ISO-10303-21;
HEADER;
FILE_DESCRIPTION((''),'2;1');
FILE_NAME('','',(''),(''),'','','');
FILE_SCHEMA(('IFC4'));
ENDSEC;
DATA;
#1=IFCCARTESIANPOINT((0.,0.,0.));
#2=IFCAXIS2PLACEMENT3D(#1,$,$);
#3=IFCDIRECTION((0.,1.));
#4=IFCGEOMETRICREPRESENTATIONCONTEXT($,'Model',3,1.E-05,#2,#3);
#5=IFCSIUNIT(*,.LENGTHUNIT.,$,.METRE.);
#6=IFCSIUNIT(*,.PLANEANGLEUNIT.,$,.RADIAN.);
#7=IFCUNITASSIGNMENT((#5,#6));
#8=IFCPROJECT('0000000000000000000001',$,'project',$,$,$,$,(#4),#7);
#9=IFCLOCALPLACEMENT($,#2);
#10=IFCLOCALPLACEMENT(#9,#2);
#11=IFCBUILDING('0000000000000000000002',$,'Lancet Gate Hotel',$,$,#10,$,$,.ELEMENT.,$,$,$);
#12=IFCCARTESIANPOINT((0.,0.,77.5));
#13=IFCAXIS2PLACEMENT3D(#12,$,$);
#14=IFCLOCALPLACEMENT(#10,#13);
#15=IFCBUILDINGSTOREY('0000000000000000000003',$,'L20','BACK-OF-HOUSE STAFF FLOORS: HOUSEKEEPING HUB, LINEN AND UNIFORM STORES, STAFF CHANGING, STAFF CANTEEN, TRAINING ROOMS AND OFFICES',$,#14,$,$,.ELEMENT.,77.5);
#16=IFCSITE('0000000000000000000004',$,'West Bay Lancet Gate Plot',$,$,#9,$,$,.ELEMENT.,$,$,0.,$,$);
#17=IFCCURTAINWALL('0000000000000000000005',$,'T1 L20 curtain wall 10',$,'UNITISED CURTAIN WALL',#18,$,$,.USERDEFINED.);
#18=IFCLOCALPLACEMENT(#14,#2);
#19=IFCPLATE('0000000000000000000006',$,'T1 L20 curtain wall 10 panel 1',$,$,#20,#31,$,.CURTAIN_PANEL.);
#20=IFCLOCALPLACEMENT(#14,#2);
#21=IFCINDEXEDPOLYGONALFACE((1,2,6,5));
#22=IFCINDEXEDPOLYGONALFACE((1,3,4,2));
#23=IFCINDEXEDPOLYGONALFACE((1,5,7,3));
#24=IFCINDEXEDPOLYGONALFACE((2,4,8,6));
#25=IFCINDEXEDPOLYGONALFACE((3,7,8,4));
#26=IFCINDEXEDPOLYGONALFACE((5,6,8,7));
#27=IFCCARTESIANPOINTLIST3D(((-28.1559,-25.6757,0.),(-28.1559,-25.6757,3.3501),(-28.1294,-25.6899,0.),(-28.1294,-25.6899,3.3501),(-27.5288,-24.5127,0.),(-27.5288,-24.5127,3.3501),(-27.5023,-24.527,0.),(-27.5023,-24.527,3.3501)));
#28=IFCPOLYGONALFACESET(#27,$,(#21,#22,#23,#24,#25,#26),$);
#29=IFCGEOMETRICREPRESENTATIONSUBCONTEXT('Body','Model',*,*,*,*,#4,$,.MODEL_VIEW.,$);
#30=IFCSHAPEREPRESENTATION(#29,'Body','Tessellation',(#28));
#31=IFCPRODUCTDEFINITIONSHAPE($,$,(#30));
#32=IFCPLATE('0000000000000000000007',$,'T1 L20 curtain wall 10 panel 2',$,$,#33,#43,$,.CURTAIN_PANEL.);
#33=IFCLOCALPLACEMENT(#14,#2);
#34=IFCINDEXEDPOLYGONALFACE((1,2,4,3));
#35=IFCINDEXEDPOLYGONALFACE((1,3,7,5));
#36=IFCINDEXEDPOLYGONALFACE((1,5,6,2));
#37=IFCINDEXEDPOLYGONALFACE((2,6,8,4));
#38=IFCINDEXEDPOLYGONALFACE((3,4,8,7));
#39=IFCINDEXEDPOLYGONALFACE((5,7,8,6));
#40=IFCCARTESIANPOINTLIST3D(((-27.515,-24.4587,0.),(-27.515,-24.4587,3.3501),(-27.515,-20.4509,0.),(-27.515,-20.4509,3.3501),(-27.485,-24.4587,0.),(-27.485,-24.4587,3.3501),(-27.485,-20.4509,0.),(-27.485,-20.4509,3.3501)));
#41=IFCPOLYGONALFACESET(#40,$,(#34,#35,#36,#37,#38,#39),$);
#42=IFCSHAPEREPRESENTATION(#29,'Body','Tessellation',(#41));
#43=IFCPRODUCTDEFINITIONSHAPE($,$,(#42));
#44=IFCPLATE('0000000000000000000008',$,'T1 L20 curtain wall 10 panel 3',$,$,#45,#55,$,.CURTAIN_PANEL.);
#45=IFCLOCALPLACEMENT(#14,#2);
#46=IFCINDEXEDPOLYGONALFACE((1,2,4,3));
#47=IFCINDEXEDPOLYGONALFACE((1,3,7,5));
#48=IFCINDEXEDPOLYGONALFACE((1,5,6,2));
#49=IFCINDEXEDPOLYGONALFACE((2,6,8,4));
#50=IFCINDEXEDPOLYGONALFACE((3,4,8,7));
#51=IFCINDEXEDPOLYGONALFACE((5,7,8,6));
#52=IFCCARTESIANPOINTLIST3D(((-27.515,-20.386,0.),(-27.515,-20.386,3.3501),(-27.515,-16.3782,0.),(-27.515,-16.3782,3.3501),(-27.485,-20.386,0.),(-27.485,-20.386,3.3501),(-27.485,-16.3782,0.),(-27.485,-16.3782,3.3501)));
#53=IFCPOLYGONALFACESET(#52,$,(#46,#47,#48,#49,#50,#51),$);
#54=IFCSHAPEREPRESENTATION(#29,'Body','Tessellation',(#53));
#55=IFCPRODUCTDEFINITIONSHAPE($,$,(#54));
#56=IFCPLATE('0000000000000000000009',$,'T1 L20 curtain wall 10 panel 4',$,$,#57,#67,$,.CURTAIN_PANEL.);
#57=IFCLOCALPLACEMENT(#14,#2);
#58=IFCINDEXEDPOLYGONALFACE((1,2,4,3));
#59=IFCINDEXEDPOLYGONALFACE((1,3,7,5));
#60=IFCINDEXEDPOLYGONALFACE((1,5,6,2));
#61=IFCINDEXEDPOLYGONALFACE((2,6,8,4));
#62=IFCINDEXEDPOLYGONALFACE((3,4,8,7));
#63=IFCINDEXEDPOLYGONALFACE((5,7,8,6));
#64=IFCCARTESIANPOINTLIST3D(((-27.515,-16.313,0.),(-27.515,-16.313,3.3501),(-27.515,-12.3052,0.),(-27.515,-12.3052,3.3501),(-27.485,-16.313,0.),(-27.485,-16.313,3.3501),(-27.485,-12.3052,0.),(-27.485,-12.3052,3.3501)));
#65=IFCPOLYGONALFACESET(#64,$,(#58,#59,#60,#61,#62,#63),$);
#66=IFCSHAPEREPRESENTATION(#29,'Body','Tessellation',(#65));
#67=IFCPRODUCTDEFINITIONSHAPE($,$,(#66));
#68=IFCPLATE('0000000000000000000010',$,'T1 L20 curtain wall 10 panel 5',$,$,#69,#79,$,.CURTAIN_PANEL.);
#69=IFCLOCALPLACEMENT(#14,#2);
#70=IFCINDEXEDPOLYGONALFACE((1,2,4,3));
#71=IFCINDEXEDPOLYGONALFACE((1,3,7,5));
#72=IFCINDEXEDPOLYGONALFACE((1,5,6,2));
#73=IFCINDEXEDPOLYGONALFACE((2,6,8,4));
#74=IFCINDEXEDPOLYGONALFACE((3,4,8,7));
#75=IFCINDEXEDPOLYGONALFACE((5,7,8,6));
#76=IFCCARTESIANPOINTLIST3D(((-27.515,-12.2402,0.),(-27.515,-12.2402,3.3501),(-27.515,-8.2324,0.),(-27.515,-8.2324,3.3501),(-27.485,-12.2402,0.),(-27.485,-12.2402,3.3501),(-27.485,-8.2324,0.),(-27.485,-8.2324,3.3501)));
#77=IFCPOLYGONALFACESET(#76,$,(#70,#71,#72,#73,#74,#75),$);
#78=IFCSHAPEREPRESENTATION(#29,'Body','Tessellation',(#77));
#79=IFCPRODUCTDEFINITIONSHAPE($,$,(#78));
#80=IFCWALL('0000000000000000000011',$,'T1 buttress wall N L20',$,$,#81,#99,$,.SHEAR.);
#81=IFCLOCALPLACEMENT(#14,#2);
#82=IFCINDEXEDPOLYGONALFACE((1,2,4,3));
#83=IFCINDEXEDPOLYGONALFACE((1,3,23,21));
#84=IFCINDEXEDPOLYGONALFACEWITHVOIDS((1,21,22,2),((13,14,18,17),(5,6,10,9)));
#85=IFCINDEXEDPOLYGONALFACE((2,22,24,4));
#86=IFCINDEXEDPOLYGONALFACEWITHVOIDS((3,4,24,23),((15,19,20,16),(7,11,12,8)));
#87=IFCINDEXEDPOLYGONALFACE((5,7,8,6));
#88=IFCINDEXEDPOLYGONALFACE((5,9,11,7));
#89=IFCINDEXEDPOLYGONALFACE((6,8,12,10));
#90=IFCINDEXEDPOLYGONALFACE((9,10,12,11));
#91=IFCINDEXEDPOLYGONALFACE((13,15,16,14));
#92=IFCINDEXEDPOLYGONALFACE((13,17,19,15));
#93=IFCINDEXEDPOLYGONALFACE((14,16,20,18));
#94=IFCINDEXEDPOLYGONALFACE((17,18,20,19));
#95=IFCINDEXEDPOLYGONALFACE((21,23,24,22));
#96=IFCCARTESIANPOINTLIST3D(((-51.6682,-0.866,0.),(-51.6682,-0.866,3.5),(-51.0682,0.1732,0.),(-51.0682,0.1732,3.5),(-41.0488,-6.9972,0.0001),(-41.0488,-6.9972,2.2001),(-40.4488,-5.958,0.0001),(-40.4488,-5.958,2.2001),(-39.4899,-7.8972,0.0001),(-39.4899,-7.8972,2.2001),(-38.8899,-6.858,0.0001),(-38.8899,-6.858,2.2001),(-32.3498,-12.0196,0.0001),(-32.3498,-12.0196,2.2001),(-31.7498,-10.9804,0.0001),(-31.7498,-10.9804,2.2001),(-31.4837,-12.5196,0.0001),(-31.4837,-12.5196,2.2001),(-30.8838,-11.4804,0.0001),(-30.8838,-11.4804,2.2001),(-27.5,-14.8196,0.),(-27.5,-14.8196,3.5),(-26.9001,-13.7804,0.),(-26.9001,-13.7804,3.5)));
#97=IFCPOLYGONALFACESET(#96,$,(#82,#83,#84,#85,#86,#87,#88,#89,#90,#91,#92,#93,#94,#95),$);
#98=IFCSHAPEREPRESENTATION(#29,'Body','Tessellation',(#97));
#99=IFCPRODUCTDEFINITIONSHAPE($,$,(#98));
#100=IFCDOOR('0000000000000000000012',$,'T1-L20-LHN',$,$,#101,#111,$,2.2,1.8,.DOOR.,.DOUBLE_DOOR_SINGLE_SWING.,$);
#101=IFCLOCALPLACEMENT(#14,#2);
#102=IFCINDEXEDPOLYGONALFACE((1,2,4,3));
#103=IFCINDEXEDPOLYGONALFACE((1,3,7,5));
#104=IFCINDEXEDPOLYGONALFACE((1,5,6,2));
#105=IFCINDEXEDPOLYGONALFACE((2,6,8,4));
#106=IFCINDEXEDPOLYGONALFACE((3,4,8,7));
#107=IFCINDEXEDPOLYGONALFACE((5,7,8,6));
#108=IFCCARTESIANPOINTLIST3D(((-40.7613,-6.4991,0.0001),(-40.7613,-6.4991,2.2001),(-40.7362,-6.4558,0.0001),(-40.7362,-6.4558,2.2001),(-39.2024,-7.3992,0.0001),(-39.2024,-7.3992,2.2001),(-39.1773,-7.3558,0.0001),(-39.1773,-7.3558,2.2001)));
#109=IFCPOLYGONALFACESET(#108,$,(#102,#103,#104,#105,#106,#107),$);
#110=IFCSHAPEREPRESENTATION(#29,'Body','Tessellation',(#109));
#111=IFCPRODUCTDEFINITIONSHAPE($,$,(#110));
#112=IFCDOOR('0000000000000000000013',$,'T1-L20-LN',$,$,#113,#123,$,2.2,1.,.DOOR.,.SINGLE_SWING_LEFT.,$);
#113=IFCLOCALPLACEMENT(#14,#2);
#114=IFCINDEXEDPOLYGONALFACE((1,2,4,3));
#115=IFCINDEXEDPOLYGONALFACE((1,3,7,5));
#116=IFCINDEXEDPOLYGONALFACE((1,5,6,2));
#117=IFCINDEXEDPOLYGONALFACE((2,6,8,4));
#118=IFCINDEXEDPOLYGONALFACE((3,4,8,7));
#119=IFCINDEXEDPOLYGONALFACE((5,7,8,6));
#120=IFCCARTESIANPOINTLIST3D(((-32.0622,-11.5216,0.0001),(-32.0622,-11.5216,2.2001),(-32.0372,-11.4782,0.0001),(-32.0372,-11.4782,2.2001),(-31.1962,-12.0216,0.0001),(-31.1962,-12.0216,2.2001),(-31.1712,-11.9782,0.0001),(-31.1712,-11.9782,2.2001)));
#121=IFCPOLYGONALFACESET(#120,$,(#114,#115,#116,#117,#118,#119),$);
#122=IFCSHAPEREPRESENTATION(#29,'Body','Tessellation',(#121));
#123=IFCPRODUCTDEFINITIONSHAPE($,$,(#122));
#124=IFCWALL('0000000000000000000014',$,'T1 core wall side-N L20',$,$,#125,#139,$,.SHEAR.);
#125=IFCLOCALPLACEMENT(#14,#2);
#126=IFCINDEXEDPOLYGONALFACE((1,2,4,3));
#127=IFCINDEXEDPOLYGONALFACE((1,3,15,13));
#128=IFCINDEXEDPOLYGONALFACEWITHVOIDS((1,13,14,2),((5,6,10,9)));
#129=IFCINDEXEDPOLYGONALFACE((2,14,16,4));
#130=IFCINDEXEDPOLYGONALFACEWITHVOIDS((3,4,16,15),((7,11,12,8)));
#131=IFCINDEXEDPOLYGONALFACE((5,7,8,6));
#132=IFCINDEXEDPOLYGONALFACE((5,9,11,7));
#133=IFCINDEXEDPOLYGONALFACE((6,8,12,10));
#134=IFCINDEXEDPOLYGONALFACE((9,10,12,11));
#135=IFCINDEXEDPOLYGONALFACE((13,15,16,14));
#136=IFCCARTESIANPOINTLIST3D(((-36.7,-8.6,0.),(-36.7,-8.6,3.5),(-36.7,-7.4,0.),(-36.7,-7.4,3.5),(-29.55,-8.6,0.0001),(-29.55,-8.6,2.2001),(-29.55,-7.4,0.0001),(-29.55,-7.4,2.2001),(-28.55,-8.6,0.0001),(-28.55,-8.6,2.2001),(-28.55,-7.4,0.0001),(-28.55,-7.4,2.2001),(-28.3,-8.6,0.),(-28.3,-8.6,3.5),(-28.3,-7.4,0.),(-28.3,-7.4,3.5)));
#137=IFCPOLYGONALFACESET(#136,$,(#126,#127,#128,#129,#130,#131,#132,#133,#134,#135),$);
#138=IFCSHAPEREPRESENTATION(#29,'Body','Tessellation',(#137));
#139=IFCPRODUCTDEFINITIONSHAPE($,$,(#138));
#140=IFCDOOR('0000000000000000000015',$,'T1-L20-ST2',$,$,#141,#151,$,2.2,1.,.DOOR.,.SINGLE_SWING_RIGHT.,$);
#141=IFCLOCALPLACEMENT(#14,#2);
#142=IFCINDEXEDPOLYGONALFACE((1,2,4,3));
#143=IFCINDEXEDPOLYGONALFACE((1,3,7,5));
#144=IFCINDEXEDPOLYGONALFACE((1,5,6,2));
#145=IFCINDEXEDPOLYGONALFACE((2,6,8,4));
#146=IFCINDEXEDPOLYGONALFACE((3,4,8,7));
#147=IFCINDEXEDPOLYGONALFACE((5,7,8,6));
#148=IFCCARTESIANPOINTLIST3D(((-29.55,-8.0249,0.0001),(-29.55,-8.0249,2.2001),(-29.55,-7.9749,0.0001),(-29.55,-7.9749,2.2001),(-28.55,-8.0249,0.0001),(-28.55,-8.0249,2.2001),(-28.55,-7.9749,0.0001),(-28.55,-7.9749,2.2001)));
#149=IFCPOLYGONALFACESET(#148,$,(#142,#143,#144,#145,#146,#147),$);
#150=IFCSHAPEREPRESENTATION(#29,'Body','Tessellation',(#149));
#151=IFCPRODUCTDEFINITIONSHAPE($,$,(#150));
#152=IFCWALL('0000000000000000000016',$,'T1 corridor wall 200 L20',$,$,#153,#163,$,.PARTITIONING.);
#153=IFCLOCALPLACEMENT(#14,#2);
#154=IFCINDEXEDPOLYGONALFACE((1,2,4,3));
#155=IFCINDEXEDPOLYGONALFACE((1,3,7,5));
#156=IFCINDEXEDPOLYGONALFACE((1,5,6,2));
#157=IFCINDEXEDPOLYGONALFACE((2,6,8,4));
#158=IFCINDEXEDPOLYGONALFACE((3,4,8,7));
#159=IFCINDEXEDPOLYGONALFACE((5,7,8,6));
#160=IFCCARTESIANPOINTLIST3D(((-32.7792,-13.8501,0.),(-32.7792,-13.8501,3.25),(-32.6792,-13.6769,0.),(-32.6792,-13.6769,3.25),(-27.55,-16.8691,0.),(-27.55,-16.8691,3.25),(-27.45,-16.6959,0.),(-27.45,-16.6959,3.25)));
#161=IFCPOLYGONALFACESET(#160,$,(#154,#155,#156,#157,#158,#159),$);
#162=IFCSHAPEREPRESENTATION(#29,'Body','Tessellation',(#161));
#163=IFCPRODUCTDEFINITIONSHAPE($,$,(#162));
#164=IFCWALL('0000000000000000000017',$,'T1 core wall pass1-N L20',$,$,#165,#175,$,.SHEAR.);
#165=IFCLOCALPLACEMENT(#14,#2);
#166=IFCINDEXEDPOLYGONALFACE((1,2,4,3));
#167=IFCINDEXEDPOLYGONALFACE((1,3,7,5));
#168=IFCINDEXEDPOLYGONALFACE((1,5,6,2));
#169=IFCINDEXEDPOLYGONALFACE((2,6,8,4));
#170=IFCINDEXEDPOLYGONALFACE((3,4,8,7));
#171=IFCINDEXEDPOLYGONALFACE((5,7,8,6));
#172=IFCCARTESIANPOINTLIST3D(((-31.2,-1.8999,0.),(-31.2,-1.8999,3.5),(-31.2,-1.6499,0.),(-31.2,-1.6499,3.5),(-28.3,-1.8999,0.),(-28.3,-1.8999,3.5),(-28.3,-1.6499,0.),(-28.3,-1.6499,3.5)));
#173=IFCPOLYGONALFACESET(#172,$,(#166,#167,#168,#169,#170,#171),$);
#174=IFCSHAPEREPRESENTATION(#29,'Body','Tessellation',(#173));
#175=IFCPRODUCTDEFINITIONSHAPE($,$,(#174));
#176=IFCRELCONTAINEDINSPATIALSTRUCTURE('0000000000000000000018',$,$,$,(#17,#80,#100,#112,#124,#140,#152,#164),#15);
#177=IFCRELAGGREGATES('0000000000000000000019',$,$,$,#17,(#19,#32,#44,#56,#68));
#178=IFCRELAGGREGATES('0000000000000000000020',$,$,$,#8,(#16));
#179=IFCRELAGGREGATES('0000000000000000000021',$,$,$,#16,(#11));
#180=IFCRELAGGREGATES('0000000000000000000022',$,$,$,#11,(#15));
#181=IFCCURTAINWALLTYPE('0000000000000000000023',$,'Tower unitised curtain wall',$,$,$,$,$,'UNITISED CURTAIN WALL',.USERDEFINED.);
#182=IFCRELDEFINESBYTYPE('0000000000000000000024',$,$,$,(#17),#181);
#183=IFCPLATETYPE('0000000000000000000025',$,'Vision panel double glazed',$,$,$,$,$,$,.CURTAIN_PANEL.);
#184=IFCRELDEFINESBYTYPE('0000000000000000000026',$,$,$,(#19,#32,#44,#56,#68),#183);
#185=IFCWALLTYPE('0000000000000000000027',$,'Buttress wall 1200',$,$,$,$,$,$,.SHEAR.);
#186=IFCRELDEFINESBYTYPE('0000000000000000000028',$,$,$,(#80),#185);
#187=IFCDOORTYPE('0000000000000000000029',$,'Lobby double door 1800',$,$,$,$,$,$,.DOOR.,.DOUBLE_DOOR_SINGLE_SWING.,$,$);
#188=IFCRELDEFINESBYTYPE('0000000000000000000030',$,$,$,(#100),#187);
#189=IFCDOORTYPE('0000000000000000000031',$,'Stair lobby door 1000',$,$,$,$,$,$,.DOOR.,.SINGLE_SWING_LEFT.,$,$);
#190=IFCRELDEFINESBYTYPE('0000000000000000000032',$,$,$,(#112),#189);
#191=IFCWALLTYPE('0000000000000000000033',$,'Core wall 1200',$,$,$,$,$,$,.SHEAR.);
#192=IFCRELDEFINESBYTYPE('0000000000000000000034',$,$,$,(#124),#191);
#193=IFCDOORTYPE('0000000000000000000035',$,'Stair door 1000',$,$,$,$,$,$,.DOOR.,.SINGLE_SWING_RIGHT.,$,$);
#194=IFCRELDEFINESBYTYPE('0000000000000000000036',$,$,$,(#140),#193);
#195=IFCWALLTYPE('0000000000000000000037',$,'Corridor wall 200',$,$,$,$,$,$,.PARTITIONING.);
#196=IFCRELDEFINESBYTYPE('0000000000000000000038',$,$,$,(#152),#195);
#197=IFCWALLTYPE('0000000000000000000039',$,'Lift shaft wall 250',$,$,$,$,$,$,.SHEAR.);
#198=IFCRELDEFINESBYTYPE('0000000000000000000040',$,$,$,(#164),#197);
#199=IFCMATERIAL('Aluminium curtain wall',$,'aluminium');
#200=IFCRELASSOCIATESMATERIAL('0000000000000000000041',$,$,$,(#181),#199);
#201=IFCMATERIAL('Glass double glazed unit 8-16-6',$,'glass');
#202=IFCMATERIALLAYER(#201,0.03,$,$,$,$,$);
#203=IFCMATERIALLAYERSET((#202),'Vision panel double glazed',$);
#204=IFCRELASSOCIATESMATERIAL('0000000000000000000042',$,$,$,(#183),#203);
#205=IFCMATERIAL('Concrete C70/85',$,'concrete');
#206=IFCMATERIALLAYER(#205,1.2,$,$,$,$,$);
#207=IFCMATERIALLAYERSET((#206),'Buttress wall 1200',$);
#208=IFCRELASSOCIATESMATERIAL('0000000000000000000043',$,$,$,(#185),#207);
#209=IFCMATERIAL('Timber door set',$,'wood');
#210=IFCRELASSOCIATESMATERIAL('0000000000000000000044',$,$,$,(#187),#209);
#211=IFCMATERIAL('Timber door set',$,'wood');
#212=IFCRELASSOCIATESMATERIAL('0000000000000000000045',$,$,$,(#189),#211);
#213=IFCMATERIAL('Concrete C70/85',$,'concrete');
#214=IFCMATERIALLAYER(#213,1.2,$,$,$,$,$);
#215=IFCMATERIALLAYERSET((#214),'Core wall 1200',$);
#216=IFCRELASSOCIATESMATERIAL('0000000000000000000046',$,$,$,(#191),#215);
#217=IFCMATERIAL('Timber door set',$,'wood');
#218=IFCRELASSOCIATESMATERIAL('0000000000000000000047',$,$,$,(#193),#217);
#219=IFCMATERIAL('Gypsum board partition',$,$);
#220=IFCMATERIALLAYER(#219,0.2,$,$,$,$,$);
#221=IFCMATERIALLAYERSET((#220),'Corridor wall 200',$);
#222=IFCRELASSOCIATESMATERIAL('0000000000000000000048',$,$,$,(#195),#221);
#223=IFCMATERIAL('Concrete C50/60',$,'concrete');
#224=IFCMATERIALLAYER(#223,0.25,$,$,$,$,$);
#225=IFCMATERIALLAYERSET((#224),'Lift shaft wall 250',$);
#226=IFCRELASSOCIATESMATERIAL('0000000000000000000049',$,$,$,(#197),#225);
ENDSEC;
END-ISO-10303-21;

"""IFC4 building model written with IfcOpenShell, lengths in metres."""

from ifc_helpers import new_model, si_unit, direction, frame, frame_2d, origin, origin_2d, place, context, subcontext, project, spatial, rectangle, extrude, material, layer, layer_set, type_object, element, fill, aggregate, save


model = new_model("IFC4")

# Units and contexts
model_context = context("Model", 3, precision=1e-05, world=origin(), true_north=direction((0.0, 1.0)))
body_context = subcontext(model_context, "Body", "Model", "MODEL_VIEW")
ifc_project = project(units=[si_unit("LENGTHUNIT", "METRE"), si_unit("PLANEANGLEUNIT", "RADIAN")], contexts=[model_context])

# Site, building, storey
site_placement = place(None, origin())
site = spatial("IfcSite", under=ifc_project, at=site_placement, Name="West Bay Lancet Gate Plot", CompositionType="ELEMENT", RefElevation=0.0)
building_placement = place(site_placement, origin())
building = spatial("IfcBuilding", under=site, at=building_placement, Name="Lancet Gate Hotel", CompositionType="ELEMENT")
storey_placement = place(building_placement, frame((0.0, 0.0, 77.5)))
storey = spatial("IfcBuildingStorey", under=building, at=storey_placement, Name="L20", Description="BACK-OF-HOUSE STAFF FLOORS: HOUSEKEEPING HUB, LINEN AND UNIFORM STORES, STAFF CHANGING, STAFF CANTEEN, TRAINING ROOMS AND OFFICES", CompositionType="ELEMENT", Elevation=77.5)

# Curtain wall
ifc_material_1 = material(Name="Aluminium curtain wall", Category="aluminium")
curtain_wall_type = type_object("IfcCurtainWallType", Name="Tower unitised curtain wall", ElementType="UNITISED CURTAIN WALL", PredefinedType="USERDEFINED", material=ifc_material_1)
curtain_wall_placement = place(storey_placement, origin())
curtain_wall = element("IfcCurtainWall", 1, at=curtain_wall_placement, inside=storey, type_object=curtain_wall_type, Name="T1 L20 curtain wall 10", ObjectType="UNITISED CURTAIN WALL", PredefinedType="USERDEFINED")

# Plates
ifc_material_2 = material(Name="Glass double glazed unit 8-16-6", Category="glass")
ifc_layer_1 = layer(ifc_material_2, 0.03)
ifc_layer_set_1 = layer_set([ifc_layer_1], Name="Vision panel double glazed")
plate_type = type_object("IfcPlateType", Name="Vision panel double glazed", PredefinedType="CURTAIN_PANEL", material=ifc_layer_set_1)
plate_1_placement = place(storey_placement, frame((-27.8291, -25.1013, 0.0), z_axis=(0.0, 0.0, 1.0), x_axis=(0.474631, 0.880185, 0.0)))
plate_1 = element("IfcPlate", 2, at=plate_1_placement, type_object=plate_type, Name="T1 L20 curtain wall 10 panel 1", PredefinedType="CURTAIN_PANEL", context=body_context, shape_type="SweptSolid", body=[
    extrude(rectangle(XDim=1.3213, YDim=0.03, at=origin_2d()), origin(), (0.0, 0.0, 1.0), 3.3501),
])
plate_2_placement = place(storey_placement, frame((-27.5, -22.4548, 0.0), z_axis=(0.0, 0.0, 1.0), x_axis=(0.0, 1.0, 0.0)))
plate_2 = element("IfcPlate", 3, at=plate_2_placement, type_object=plate_type, Name="T1 L20 curtain wall 10 panel 2", PredefinedType="CURTAIN_PANEL", context=body_context, shape_type="SweptSolid", body=[
    extrude(rectangle(XDim=4.0078, YDim=0.03, at=origin_2d()), origin(), (0.0, 0.0, 1.0), 3.3501),
])
plate_3_placement = place(storey_placement, frame((-27.5, -18.3821, 0.0), z_axis=(0.0, 0.0, 1.0), x_axis=(0.0, 1.0, 0.0)))
plate_3 = element("IfcPlate", 4, at=plate_3_placement, type_object=plate_type, Name="T1 L20 curtain wall 10 panel 3", PredefinedType="CURTAIN_PANEL", context=body_context, shape_type="SweptSolid", body=[
    extrude(rectangle(XDim=4.0078, YDim=0.03, at=origin_2d()), origin(), (0.0, 0.0, 1.0), 3.3501),
])
plate_4_placement = place(storey_placement, frame((-27.5, -14.3091, 0.0), z_axis=(0.0, 0.0, 1.0), x_axis=(0.0, 1.0, 0.0)))
plate_4 = element("IfcPlate", 5, at=plate_4_placement, type_object=plate_type, Name="T1 L20 curtain wall 10 panel 4", PredefinedType="CURTAIN_PANEL", context=body_context, shape_type="SweptSolid", body=[
    extrude(rectangle(XDim=4.0078, YDim=0.03, at=origin_2d()), origin(), (0.0, 0.0, 1.0), 3.3501),
])
plate_5_placement = place(storey_placement, frame((-27.5, -10.2363, 0.0), z_axis=(0.0, 0.0, 1.0), x_axis=(0.0, 1.0, 0.0)))
plate_5 = element("IfcPlate", 6, at=plate_5_placement, type_object=plate_type, Name="T1 L20 curtain wall 10 panel 5", PredefinedType="CURTAIN_PANEL", context=body_context, shape_type="SweptSolid", body=[
    extrude(rectangle(XDim=4.0078, YDim=0.03, at=origin_2d()), origin(), (0.0, 0.0, 1.0), 3.3501),
])
aggregate(curtain_wall, [plate_1, plate_2, plate_3, plate_4, plate_5])

# Wall, openings, doors
ifc_material_3 = material(Name="Concrete C70/85", Category="concrete")
ifc_layer_2 = layer(ifc_material_3, 1.2)
ifc_layer_set_2 = layer_set([ifc_layer_2], Name="Buttress wall 1200")
wall_type_1 = type_object("IfcWallType", Name="Buttress wall 1200", PredefinedType="SHEAR", material=ifc_layer_set_2)
wall_1_placement = place(storey_placement, frame((-27.2, -14.3, 0.0), z_axis=(0.0, 0.0, 1.0), x_axis=(-0.866024, 0.500002, 0.0)))
wall_1 = element("IfcWall", 7, at=wall_1_placement, inside=storey, type_object=wall_type_1, Name="T1 buttress wall N L20", PredefinedType="SHEAR", context=body_context, shape_type="SweptSolid", body=[
    extrude(rectangle(XDim=27.907, YDim=1.2, at=frame_2d((13.9536, 0.0))), origin(), (0.0, 0.0, 1.0), 3.5),
])
opening_1_placement = place(wall_1_placement, frame((4.6001, 0.0, 0.0)))
opening_1 = element("IfcOpeningElement", 8, at=opening_1_placement, cuts=wall_1, PredefinedType="OPENING", context=body_context, shape_type="SweptSolid", body=[
    extrude(rectangle(XDim=1.0, YDim=2.2, at=frame_2d((0.5, 1.1001))), frame((0.0, 0.6099, 0.0), z_axis=(0.0, -1.0, 0.0), x_axis=(1.0, 0.0, 0.0)), (0.0, 0.0, 1.0), 1.22),
])
opening_2_placement = place(wall_1_placement, frame((13.845, 0.0, 0.0)))
opening_2 = element("IfcOpeningElement", 9, at=opening_2_placement, cuts=wall_1, PredefinedType="OPENING", context=body_context, shape_type="SweptSolid", body=[
    extrude(rectangle(XDim=1.8, YDim=2.2, at=frame_2d((0.8999, 1.1001))), frame((0.0, 0.6099, 0.0), z_axis=(0.0, -1.0, 0.0), x_axis=(1.0, 0.0, 0.0)), (0.0, 0.0, 1.0), 1.22),
])
ifc_material_4 = material(Name="Timber door set", Category="wood")
door_type_1 = type_object("IfcDoorType", Name="Lobby double door 1800", OperationType="DOUBLE_DOOR_SINGLE_SWING", PredefinedType="DOOR", material=ifc_material_4)
door_1_placement = place(opening_2_placement, origin())
door_1 = element("IfcDoor", 10, at=door_1_placement, inside=storey, type_object=door_type_1, Name="T1-L20-LHN", OperationType="DOUBLE_DOOR_SINGLE_SWING", OverallHeight=2.2, OverallWidth=1.8, PredefinedType="DOOR", context=body_context, shape_type="SweptSolid", body=[
    extrude(rectangle(XDim=1.8, YDim=2.2, at=frame_2d((0.8999, 1.1001))), frame((0.0, 0.0249, 0.0), z_axis=(0.0, -1.0, 0.0), x_axis=(1.0, 0.0, 0.0)), (0.0, 0.0, 1.0), 0.05),
])
fill(opening_2, door_1)
ifc_material_5 = material(Name="Timber door set", Category="wood")
door_type_2 = type_object("IfcDoorType", Name="Stair lobby door 1000", OperationType="SINGLE_SWING_LEFT", PredefinedType="DOOR", material=ifc_material_5)
door_2_placement = place(opening_1_placement, origin())
door_2 = element("IfcDoor", 11, at=door_2_placement, inside=storey, type_object=door_type_2, Name="T1-L20-LN", OperationType="SINGLE_SWING_LEFT", OverallHeight=2.2, OverallWidth=1.0, PredefinedType="DOOR", context=body_context, shape_type="SweptSolid", body=[
    extrude(rectangle(XDim=1.0, YDim=2.2, at=frame_2d((0.5, 1.1001))), frame((0.0, 0.0249, 0.0), z_axis=(0.0, -1.0, 0.0), x_axis=(1.0, 0.0, 0.0)), (0.0, 0.0, 1.0), 0.05),
])
fill(opening_1, door_2)

# Wall, opening, door
ifc_material_6 = material(Name="Concrete C70/85", Category="concrete")
ifc_layer_3 = layer(ifc_material_6, 1.2)
ifc_layer_set_3 = layer_set([ifc_layer_3], Name="Core wall 1200")
wall_type_2 = type_object("IfcWallType", Name="Core wall 1200", PredefinedType="SHEAR", material=ifc_layer_set_3)
wall_2_placement = place(storey_placement, frame((-28.3, -8.0, 0.0), z_axis=(0.0, 0.0, 1.0), x_axis=(-1.0, 0.0, 0.0)))
wall_2 = element("IfcWall", 12, at=wall_2_placement, inside=storey, type_object=wall_type_2, Name="T1 core wall side-N L20", PredefinedType="SHEAR", context=body_context, shape_type="SweptSolid", body=[
    extrude(rectangle(XDim=8.3999, YDim=1.2, at=frame_2d((4.2, 0.0))), origin(), (0.0, 0.0, 1.0), 3.5),
])
opening_3_placement = place(wall_2_placement, frame((0.25, 0.0, 0.0)))
opening_3 = element("IfcOpeningElement", 13, at=opening_3_placement, cuts=wall_2, PredefinedType="OPENING", context=body_context, shape_type="SweptSolid", body=[
    extrude(rectangle(XDim=1.0, YDim=2.2, at=frame_2d((0.5, 1.1001))), frame((0.0, 0.6099, 0.0), z_axis=(0.0, -1.0, 0.0), x_axis=(1.0, 0.0, 0.0)), (0.0, 0.0, 1.0), 1.22),
])
ifc_material_7 = material(Name="Timber door set", Category="wood")
door_type_3 = type_object("IfcDoorType", Name="Stair door 1000", OperationType="SINGLE_SWING_RIGHT", PredefinedType="DOOR", material=ifc_material_7)
door_3_placement = place(opening_3_placement, origin())
door_3 = element("IfcDoor", 14, at=door_3_placement, inside=storey, type_object=door_type_3, Name="T1-L20-ST2", OperationType="SINGLE_SWING_RIGHT", OverallHeight=2.2, OverallWidth=1.0, PredefinedType="DOOR", context=body_context, shape_type="SweptSolid", body=[
    extrude(rectangle(XDim=1.0, YDim=2.2, at=frame_2d((0.5, 1.1001))), frame((0.0, 0.0249, 0.0), z_axis=(0.0, -1.0, 0.0), x_axis=(1.0, 0.0, 0.0)), (0.0, 0.0, 1.0), 0.05),
])
fill(opening_3, door_3)

# Walls
ifc_material_8 = material(Name="Gypsum board partition")
ifc_layer_4 = layer(ifc_material_8, 0.2)
ifc_layer_set_4 = layer_set([ifc_layer_4], Name="Corridor wall 200")
wall_type_3 = type_object("IfcWallType", Name="Corridor wall 200", PredefinedType="PARTITIONING", material=ifc_layer_set_4)
wall_3_placement = place(storey_placement, frame((-27.5, -16.7825, 0.0), z_axis=(0.0, 0.0, 1.0), x_axis=(-0.86603, 0.499992, 0.0)))
element("IfcWall", 15, at=wall_3_placement, inside=storey, type_object=wall_type_3, Name="T1 corridor wall 200 L20", PredefinedType="PARTITIONING", context=body_context, shape_type="SweptSolid", body=[
    extrude(rectangle(XDim=6.0381, YDim=0.2, at=frame_2d((3.019, 0.0))), origin(), (0.0, 0.0, 1.0), 3.25),
])
ifc_material_9 = material(Name="Concrete C50/60", Category="concrete")
ifc_layer_5 = layer(ifc_material_9, 0.25)
ifc_layer_set_5 = layer_set([ifc_layer_5], Name="Lift shaft wall 250")
wall_type_4 = type_object("IfcWallType", Name="Lift shaft wall 250", PredefinedType="SHEAR", material=ifc_layer_set_5)
wall_4_placement = place(storey_placement, frame((-28.3, -1.7749, 0.0), z_axis=(0.0, 0.0, 1.0), x_axis=(-1.0, 0.0, 0.0)))
element("IfcWall", 16, at=wall_4_placement, inside=storey, type_object=wall_type_4, Name="T1 core wall pass1-N L20", PredefinedType="SHEAR", context=body_context, shape_type="SweptSolid", body=[
    extrude(rectangle(XDim=2.8999, YDim=0.25, at=frame_2d((1.45, 0.0))), origin(), (0.0, 0.0, 1.0), 3.5),
])

save(model, "model.ifc")
